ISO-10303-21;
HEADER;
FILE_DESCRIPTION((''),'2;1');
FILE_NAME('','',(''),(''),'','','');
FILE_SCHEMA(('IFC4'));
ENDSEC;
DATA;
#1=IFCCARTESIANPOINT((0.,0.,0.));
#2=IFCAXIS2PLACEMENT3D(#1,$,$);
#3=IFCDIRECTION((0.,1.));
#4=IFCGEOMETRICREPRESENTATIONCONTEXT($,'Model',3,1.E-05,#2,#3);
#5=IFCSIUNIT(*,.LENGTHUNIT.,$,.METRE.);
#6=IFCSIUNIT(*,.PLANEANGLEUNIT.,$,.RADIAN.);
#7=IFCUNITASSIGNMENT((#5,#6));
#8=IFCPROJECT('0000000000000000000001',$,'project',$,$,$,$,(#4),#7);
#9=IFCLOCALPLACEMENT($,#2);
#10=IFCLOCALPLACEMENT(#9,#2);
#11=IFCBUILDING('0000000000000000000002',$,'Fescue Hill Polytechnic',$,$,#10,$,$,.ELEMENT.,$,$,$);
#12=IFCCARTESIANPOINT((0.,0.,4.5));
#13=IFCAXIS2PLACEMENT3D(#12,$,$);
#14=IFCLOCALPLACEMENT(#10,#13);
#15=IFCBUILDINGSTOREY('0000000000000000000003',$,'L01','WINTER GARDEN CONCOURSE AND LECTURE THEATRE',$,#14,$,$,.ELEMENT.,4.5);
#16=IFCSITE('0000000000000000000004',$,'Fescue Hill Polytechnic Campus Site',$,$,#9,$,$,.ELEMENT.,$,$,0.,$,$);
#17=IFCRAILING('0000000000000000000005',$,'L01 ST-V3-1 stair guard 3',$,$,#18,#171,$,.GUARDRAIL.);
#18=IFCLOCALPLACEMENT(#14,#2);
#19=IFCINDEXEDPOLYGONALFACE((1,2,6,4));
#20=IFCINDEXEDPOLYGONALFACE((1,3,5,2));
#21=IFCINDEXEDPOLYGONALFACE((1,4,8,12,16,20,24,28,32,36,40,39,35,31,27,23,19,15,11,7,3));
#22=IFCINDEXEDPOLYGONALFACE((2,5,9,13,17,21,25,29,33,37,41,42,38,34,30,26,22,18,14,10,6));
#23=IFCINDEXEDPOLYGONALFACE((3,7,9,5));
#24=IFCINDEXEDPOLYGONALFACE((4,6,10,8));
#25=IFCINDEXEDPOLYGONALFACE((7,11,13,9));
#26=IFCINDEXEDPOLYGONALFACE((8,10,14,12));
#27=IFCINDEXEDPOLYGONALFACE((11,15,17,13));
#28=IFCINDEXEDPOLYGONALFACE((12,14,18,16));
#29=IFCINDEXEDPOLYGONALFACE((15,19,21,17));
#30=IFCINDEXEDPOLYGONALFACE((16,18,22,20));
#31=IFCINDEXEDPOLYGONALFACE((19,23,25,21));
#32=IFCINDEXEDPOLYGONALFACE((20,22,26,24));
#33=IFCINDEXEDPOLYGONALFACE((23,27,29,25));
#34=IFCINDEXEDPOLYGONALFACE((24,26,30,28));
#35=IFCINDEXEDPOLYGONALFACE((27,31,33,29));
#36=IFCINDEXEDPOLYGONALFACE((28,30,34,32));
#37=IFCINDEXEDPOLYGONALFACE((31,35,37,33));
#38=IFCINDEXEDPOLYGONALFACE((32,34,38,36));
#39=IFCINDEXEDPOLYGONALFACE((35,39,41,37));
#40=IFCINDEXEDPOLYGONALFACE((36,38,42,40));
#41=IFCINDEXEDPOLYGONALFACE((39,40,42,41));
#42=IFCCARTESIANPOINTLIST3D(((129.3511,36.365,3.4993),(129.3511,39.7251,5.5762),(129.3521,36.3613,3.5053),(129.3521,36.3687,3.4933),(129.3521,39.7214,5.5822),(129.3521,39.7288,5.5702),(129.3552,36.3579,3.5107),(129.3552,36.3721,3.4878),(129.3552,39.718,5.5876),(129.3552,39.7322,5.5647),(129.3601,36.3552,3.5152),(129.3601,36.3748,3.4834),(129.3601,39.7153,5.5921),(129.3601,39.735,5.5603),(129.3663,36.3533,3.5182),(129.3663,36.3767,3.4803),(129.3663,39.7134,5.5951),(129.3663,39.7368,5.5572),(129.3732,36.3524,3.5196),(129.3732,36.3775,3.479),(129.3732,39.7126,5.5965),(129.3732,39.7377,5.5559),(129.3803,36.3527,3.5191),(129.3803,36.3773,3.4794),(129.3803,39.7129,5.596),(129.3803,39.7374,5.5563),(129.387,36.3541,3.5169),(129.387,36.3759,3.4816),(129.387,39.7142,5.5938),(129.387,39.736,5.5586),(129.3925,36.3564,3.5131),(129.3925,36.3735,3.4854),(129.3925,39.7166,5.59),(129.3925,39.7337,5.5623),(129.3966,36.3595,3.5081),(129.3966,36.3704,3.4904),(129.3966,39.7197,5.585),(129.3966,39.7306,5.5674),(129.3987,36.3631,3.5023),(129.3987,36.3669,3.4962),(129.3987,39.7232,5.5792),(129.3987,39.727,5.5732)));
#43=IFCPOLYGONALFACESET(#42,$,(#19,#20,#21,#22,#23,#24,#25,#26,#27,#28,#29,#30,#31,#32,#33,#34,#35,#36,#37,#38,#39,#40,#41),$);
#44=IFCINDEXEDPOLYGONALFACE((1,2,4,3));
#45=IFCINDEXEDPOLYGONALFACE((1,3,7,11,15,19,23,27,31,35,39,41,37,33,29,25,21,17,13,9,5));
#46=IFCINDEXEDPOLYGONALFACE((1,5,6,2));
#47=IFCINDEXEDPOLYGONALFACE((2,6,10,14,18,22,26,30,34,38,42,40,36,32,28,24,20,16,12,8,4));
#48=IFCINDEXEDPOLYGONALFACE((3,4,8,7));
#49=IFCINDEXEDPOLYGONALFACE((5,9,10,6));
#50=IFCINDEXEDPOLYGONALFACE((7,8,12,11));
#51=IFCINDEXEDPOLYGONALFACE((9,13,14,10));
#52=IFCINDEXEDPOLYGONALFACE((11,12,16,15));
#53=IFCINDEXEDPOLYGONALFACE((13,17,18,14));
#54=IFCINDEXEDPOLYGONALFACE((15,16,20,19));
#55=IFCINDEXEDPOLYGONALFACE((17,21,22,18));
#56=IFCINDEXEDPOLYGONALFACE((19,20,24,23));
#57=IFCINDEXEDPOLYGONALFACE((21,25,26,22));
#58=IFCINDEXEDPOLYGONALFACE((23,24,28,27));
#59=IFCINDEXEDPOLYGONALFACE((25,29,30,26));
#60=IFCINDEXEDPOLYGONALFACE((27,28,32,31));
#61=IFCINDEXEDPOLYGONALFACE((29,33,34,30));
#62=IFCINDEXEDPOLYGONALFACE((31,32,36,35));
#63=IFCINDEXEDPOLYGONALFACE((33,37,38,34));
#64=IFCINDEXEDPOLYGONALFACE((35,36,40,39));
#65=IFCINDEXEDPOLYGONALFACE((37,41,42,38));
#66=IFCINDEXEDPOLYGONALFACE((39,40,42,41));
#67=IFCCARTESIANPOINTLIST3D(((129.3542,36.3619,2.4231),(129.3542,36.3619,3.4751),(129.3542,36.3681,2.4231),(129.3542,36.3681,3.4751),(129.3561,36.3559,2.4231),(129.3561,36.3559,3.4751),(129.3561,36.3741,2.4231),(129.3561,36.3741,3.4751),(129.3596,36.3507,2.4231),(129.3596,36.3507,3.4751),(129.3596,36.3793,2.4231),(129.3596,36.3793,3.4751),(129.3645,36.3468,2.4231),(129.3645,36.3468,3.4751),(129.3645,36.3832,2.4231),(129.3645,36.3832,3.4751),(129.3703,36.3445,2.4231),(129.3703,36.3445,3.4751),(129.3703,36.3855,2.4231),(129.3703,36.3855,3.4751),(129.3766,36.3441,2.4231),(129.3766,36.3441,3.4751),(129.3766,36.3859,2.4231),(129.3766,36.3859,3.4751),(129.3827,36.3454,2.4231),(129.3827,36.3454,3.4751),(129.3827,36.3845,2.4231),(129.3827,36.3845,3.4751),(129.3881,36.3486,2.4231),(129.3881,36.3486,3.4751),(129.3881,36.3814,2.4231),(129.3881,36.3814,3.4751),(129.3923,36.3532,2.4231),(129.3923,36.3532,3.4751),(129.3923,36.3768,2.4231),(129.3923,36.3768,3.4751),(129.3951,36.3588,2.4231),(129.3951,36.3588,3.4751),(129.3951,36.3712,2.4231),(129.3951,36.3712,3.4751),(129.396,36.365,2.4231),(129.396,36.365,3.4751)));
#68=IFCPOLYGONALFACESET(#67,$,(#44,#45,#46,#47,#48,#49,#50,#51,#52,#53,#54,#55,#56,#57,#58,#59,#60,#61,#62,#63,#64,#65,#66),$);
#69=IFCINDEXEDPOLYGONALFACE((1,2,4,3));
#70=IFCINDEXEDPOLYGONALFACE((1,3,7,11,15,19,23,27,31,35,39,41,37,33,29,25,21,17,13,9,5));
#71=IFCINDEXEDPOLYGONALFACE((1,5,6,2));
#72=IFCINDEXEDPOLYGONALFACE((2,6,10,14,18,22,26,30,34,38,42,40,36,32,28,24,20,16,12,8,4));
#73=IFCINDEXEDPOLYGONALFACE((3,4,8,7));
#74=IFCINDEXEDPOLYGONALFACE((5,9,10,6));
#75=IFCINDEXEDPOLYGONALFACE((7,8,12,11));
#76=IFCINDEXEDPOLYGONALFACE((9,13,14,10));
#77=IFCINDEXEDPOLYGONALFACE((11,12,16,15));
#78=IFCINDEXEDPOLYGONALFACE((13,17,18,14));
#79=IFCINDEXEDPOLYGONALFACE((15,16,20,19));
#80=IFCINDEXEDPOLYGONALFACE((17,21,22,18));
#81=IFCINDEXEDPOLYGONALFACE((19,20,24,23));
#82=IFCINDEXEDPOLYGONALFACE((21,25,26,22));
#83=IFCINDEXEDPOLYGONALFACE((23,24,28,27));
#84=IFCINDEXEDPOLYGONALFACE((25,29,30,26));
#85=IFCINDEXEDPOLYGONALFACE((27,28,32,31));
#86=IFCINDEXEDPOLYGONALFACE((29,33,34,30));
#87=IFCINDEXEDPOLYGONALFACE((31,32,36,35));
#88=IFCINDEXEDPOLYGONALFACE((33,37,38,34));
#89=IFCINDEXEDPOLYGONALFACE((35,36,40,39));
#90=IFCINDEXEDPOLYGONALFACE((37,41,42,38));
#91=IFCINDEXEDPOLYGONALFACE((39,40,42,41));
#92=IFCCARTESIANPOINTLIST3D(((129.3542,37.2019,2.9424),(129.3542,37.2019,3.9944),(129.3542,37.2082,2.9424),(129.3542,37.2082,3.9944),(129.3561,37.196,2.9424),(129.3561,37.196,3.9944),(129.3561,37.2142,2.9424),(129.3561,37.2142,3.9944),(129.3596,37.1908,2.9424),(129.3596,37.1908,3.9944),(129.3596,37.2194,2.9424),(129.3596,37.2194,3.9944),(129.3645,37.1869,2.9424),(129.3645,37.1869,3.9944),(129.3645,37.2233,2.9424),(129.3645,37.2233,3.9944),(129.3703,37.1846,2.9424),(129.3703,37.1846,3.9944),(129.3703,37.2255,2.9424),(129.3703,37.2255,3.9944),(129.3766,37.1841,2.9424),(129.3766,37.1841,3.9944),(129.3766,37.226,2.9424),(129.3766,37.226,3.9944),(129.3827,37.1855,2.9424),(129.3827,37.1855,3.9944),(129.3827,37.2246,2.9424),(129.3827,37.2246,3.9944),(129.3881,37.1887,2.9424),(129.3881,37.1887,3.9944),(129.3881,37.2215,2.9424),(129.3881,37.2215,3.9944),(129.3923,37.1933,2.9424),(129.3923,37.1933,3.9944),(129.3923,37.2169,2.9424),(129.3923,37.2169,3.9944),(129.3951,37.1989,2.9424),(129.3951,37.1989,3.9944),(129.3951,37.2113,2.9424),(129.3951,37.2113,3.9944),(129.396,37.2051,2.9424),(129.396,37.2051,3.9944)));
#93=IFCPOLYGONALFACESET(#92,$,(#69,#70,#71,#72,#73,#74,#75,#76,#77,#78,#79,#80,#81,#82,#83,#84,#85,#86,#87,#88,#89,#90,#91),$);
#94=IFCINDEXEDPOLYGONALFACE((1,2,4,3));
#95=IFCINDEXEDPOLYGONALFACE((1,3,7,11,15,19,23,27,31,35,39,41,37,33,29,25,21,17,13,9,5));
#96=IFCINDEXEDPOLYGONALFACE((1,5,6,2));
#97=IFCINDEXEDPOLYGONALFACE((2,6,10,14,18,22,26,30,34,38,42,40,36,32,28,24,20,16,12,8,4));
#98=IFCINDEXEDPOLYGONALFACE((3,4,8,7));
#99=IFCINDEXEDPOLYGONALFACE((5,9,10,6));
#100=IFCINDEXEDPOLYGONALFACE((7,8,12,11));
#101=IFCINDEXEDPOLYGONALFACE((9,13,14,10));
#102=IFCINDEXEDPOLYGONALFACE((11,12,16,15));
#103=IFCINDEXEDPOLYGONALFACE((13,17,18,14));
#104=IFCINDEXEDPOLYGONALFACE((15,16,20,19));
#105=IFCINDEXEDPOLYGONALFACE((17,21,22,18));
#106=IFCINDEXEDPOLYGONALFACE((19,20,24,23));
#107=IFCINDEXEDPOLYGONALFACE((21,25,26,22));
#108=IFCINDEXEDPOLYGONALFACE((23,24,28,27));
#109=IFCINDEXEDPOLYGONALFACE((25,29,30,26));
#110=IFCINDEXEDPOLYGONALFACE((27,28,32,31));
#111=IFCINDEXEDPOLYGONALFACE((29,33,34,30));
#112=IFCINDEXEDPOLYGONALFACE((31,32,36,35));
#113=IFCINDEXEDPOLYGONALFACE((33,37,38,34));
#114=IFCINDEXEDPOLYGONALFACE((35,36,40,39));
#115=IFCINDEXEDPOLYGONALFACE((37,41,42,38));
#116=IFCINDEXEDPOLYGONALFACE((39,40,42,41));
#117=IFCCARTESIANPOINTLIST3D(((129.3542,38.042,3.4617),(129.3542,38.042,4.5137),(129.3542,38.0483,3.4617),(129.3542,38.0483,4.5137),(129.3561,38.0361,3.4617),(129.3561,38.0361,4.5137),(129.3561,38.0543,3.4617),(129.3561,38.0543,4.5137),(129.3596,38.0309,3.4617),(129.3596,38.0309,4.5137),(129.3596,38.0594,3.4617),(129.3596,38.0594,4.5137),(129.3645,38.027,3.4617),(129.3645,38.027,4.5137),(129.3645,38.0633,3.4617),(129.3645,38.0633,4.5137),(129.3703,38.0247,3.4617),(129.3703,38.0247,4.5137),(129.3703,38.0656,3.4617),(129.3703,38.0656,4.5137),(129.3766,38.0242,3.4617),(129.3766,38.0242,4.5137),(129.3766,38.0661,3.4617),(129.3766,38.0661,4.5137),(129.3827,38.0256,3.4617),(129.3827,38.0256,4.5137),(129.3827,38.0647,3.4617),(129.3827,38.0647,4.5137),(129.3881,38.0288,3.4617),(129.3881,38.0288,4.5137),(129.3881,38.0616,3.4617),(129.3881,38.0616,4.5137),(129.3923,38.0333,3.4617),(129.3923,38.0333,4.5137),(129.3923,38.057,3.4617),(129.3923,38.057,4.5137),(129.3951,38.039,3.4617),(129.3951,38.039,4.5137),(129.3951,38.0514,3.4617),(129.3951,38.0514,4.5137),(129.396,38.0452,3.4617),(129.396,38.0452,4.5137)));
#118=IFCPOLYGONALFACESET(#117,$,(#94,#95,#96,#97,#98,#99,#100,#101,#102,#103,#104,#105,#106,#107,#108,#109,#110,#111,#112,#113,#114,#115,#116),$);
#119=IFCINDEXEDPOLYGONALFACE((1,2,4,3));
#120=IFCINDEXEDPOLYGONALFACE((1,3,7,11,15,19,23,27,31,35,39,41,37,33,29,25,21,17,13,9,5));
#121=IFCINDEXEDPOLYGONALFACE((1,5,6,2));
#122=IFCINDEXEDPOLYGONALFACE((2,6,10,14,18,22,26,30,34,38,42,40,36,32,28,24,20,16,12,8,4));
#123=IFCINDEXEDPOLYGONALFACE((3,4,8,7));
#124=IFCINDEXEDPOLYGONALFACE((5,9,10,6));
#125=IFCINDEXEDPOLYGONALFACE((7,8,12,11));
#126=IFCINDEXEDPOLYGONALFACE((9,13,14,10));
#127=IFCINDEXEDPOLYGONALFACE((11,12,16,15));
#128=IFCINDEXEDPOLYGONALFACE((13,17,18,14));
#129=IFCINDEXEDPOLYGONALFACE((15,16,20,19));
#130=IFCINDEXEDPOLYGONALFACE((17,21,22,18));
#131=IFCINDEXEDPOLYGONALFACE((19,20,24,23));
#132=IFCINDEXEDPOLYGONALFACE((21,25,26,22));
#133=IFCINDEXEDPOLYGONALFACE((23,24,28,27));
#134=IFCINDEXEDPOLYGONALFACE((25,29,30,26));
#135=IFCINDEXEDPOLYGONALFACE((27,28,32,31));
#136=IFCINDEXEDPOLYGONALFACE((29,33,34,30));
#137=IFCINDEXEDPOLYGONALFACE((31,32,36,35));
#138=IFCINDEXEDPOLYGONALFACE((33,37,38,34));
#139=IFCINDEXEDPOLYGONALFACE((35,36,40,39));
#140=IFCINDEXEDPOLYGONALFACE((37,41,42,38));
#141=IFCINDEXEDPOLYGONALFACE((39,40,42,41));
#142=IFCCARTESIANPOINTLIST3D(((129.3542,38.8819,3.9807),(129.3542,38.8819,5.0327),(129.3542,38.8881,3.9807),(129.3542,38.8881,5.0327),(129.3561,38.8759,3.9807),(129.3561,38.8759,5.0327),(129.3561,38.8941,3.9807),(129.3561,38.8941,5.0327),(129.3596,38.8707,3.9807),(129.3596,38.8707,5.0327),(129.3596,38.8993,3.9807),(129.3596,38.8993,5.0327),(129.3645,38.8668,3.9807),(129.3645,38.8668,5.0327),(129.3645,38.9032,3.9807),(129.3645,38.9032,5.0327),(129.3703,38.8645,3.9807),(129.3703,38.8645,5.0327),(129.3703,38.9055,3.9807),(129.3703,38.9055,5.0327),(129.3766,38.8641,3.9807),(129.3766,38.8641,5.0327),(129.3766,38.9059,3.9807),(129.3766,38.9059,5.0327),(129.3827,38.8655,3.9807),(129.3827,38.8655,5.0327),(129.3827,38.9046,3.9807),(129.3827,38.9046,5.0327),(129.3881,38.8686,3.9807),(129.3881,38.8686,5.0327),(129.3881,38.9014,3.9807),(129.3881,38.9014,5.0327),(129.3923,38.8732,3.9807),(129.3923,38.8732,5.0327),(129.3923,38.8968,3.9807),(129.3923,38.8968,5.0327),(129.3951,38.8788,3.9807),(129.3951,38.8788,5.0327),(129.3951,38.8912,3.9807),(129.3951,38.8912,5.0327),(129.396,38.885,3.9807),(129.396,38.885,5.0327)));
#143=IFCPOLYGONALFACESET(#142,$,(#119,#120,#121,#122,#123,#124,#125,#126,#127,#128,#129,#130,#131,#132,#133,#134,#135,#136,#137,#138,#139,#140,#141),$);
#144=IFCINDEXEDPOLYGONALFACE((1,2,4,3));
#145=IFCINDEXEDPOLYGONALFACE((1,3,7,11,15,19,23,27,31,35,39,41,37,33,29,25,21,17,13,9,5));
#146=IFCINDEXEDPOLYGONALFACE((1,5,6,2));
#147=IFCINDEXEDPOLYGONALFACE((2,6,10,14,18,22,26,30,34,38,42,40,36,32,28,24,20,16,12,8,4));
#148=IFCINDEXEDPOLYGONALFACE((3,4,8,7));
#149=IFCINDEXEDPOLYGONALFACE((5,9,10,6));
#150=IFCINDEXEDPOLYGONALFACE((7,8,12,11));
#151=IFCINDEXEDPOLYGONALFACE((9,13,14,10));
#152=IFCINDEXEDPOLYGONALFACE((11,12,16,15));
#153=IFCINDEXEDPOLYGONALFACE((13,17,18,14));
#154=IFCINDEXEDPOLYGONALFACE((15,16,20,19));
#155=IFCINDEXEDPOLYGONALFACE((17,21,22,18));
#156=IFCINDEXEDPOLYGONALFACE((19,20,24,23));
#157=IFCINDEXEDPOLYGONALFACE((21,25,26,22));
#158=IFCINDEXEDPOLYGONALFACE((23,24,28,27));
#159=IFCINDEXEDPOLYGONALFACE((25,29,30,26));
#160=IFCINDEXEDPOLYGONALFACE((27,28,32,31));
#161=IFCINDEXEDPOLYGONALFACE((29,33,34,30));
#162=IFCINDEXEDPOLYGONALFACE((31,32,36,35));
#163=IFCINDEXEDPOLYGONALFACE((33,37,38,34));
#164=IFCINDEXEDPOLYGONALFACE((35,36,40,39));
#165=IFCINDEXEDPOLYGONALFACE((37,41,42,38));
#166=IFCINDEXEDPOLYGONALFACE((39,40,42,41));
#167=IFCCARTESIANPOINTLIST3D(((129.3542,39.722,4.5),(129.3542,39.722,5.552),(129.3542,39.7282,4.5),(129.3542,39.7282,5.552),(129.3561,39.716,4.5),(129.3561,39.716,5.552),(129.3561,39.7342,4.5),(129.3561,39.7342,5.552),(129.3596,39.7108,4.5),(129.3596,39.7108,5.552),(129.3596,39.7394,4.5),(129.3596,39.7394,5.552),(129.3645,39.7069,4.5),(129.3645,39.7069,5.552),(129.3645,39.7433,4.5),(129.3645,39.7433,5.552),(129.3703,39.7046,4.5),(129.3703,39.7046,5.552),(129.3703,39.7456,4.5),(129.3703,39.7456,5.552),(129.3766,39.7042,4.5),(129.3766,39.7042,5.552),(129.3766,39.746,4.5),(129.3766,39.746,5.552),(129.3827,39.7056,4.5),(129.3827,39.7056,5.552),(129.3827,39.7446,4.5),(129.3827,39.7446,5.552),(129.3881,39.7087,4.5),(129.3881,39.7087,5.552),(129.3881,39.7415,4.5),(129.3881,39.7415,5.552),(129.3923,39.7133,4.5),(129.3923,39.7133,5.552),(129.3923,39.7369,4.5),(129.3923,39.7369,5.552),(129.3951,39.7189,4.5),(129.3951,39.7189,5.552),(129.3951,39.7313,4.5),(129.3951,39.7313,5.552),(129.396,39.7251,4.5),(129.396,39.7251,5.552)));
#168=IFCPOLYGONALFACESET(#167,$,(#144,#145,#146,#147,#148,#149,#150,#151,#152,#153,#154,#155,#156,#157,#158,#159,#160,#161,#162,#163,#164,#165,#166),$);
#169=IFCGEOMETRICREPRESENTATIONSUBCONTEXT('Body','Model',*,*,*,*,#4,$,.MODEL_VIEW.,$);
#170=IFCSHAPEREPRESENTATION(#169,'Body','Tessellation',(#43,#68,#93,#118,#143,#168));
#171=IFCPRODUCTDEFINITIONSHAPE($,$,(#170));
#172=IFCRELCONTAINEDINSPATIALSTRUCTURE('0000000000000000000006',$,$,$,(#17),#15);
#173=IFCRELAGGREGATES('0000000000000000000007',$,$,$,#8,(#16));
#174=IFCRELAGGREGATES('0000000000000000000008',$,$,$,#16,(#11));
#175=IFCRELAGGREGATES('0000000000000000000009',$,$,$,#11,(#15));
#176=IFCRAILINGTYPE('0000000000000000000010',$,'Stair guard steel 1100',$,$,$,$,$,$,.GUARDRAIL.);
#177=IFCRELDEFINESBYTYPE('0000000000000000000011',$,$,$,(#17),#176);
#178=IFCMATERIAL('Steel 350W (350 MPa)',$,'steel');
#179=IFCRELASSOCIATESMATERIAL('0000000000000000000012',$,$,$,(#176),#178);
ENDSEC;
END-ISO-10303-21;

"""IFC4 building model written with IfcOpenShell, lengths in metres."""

from ifc_helpers import new_model, si_unit, direction, frame, origin, origin_2d, place, context, subcontext, project, spatial, circle, extrude, material, type_object, element, save


model = new_model("IFC4")

# Units and contexts
model_context = context("Model", 3, precision=1e-05, world=origin(), true_north=direction((0.0, 1.0)))
body_context = subcontext(model_context, "Body", "Model", "MODEL_VIEW")
ifc_project = project(units=[si_unit("LENGTHUNIT", "METRE"), si_unit("PLANEANGLEUNIT", "RADIAN")], contexts=[model_context])

# Site, building, storey
site_placement = place(None, origin())
site = spatial("IfcSite", under=ifc_project, at=site_placement, Name="Fescue Hill Polytechnic Campus Site", CompositionType="ELEMENT", RefElevation=0.0)
building_placement = place(site_placement, origin())
building = spatial("IfcBuilding", under=site, at=building_placement, Name="Fescue Hill Polytechnic", CompositionType="ELEMENT")
storey_placement = place(building_placement, frame((0.0, 0.0, 4.5)))
storey = spatial("IfcBuildingStorey", under=building, at=storey_placement, Name="L01", Description="WINTER GARDEN CONCOURSE AND LECTURE THEATRE", CompositionType="ELEMENT", Elevation=4.5)

# Railing
ifc_material_1 = material(Name="Steel 350W (350 MPa)", Category="steel")
railing_type_1 = type_object("IfcRailingType", Name="Stair guard steel 1100", PredefinedType="GUARDRAIL", material=ifc_material_1)
railing_1_placement = place(storey_placement, frame((129.375, 36.365, 2.4231)))
element("IfcRailing", 1, at=railing_1_placement, inside=storey, type_object=railing_type_1, Name="L01 ST-V3-1 stair guard 3", PredefinedType="GUARDRAIL", context=body_context, shape_type="SweptSolid", body=[
    extrude(circle(Radius=0.0239, at=origin_2d()), frame((0.0, 0.0, 1.0762), z_axis=(0.0, 0.850623, 0.525776), x_axis=(-1.0, 0.0, 0.0)), (0.0, 0.0, 1.0), 3.9502),
    extrude(circle(Radius=0.021, at=origin_2d()), origin(), (0.0, 0.0, 1.0), 1.052),
    extrude(circle(Radius=0.021, at=origin_2d()), frame((0.0, 0.8401, 0.5193)), (0.0, 0.0, 1.0), 1.052),
    extrude(circle(Radius=0.021, at=origin_2d()), frame((0.0, 1.6802, 1.0386)), (0.0, 0.0, 1.0), 1.052),
    extrude(circle(Radius=0.021, at=origin_2d()), frame((0.0, 2.52, 1.5576)), (0.0, 0.0, 1.0), 1.052),
    extrude(circle(Radius=0.021, at=origin_2d()), frame((0.0, 3.3601, 2.0769)), (0.0, 0.0, 1.0), 1.052),
])

save(model, "model.ifc")
